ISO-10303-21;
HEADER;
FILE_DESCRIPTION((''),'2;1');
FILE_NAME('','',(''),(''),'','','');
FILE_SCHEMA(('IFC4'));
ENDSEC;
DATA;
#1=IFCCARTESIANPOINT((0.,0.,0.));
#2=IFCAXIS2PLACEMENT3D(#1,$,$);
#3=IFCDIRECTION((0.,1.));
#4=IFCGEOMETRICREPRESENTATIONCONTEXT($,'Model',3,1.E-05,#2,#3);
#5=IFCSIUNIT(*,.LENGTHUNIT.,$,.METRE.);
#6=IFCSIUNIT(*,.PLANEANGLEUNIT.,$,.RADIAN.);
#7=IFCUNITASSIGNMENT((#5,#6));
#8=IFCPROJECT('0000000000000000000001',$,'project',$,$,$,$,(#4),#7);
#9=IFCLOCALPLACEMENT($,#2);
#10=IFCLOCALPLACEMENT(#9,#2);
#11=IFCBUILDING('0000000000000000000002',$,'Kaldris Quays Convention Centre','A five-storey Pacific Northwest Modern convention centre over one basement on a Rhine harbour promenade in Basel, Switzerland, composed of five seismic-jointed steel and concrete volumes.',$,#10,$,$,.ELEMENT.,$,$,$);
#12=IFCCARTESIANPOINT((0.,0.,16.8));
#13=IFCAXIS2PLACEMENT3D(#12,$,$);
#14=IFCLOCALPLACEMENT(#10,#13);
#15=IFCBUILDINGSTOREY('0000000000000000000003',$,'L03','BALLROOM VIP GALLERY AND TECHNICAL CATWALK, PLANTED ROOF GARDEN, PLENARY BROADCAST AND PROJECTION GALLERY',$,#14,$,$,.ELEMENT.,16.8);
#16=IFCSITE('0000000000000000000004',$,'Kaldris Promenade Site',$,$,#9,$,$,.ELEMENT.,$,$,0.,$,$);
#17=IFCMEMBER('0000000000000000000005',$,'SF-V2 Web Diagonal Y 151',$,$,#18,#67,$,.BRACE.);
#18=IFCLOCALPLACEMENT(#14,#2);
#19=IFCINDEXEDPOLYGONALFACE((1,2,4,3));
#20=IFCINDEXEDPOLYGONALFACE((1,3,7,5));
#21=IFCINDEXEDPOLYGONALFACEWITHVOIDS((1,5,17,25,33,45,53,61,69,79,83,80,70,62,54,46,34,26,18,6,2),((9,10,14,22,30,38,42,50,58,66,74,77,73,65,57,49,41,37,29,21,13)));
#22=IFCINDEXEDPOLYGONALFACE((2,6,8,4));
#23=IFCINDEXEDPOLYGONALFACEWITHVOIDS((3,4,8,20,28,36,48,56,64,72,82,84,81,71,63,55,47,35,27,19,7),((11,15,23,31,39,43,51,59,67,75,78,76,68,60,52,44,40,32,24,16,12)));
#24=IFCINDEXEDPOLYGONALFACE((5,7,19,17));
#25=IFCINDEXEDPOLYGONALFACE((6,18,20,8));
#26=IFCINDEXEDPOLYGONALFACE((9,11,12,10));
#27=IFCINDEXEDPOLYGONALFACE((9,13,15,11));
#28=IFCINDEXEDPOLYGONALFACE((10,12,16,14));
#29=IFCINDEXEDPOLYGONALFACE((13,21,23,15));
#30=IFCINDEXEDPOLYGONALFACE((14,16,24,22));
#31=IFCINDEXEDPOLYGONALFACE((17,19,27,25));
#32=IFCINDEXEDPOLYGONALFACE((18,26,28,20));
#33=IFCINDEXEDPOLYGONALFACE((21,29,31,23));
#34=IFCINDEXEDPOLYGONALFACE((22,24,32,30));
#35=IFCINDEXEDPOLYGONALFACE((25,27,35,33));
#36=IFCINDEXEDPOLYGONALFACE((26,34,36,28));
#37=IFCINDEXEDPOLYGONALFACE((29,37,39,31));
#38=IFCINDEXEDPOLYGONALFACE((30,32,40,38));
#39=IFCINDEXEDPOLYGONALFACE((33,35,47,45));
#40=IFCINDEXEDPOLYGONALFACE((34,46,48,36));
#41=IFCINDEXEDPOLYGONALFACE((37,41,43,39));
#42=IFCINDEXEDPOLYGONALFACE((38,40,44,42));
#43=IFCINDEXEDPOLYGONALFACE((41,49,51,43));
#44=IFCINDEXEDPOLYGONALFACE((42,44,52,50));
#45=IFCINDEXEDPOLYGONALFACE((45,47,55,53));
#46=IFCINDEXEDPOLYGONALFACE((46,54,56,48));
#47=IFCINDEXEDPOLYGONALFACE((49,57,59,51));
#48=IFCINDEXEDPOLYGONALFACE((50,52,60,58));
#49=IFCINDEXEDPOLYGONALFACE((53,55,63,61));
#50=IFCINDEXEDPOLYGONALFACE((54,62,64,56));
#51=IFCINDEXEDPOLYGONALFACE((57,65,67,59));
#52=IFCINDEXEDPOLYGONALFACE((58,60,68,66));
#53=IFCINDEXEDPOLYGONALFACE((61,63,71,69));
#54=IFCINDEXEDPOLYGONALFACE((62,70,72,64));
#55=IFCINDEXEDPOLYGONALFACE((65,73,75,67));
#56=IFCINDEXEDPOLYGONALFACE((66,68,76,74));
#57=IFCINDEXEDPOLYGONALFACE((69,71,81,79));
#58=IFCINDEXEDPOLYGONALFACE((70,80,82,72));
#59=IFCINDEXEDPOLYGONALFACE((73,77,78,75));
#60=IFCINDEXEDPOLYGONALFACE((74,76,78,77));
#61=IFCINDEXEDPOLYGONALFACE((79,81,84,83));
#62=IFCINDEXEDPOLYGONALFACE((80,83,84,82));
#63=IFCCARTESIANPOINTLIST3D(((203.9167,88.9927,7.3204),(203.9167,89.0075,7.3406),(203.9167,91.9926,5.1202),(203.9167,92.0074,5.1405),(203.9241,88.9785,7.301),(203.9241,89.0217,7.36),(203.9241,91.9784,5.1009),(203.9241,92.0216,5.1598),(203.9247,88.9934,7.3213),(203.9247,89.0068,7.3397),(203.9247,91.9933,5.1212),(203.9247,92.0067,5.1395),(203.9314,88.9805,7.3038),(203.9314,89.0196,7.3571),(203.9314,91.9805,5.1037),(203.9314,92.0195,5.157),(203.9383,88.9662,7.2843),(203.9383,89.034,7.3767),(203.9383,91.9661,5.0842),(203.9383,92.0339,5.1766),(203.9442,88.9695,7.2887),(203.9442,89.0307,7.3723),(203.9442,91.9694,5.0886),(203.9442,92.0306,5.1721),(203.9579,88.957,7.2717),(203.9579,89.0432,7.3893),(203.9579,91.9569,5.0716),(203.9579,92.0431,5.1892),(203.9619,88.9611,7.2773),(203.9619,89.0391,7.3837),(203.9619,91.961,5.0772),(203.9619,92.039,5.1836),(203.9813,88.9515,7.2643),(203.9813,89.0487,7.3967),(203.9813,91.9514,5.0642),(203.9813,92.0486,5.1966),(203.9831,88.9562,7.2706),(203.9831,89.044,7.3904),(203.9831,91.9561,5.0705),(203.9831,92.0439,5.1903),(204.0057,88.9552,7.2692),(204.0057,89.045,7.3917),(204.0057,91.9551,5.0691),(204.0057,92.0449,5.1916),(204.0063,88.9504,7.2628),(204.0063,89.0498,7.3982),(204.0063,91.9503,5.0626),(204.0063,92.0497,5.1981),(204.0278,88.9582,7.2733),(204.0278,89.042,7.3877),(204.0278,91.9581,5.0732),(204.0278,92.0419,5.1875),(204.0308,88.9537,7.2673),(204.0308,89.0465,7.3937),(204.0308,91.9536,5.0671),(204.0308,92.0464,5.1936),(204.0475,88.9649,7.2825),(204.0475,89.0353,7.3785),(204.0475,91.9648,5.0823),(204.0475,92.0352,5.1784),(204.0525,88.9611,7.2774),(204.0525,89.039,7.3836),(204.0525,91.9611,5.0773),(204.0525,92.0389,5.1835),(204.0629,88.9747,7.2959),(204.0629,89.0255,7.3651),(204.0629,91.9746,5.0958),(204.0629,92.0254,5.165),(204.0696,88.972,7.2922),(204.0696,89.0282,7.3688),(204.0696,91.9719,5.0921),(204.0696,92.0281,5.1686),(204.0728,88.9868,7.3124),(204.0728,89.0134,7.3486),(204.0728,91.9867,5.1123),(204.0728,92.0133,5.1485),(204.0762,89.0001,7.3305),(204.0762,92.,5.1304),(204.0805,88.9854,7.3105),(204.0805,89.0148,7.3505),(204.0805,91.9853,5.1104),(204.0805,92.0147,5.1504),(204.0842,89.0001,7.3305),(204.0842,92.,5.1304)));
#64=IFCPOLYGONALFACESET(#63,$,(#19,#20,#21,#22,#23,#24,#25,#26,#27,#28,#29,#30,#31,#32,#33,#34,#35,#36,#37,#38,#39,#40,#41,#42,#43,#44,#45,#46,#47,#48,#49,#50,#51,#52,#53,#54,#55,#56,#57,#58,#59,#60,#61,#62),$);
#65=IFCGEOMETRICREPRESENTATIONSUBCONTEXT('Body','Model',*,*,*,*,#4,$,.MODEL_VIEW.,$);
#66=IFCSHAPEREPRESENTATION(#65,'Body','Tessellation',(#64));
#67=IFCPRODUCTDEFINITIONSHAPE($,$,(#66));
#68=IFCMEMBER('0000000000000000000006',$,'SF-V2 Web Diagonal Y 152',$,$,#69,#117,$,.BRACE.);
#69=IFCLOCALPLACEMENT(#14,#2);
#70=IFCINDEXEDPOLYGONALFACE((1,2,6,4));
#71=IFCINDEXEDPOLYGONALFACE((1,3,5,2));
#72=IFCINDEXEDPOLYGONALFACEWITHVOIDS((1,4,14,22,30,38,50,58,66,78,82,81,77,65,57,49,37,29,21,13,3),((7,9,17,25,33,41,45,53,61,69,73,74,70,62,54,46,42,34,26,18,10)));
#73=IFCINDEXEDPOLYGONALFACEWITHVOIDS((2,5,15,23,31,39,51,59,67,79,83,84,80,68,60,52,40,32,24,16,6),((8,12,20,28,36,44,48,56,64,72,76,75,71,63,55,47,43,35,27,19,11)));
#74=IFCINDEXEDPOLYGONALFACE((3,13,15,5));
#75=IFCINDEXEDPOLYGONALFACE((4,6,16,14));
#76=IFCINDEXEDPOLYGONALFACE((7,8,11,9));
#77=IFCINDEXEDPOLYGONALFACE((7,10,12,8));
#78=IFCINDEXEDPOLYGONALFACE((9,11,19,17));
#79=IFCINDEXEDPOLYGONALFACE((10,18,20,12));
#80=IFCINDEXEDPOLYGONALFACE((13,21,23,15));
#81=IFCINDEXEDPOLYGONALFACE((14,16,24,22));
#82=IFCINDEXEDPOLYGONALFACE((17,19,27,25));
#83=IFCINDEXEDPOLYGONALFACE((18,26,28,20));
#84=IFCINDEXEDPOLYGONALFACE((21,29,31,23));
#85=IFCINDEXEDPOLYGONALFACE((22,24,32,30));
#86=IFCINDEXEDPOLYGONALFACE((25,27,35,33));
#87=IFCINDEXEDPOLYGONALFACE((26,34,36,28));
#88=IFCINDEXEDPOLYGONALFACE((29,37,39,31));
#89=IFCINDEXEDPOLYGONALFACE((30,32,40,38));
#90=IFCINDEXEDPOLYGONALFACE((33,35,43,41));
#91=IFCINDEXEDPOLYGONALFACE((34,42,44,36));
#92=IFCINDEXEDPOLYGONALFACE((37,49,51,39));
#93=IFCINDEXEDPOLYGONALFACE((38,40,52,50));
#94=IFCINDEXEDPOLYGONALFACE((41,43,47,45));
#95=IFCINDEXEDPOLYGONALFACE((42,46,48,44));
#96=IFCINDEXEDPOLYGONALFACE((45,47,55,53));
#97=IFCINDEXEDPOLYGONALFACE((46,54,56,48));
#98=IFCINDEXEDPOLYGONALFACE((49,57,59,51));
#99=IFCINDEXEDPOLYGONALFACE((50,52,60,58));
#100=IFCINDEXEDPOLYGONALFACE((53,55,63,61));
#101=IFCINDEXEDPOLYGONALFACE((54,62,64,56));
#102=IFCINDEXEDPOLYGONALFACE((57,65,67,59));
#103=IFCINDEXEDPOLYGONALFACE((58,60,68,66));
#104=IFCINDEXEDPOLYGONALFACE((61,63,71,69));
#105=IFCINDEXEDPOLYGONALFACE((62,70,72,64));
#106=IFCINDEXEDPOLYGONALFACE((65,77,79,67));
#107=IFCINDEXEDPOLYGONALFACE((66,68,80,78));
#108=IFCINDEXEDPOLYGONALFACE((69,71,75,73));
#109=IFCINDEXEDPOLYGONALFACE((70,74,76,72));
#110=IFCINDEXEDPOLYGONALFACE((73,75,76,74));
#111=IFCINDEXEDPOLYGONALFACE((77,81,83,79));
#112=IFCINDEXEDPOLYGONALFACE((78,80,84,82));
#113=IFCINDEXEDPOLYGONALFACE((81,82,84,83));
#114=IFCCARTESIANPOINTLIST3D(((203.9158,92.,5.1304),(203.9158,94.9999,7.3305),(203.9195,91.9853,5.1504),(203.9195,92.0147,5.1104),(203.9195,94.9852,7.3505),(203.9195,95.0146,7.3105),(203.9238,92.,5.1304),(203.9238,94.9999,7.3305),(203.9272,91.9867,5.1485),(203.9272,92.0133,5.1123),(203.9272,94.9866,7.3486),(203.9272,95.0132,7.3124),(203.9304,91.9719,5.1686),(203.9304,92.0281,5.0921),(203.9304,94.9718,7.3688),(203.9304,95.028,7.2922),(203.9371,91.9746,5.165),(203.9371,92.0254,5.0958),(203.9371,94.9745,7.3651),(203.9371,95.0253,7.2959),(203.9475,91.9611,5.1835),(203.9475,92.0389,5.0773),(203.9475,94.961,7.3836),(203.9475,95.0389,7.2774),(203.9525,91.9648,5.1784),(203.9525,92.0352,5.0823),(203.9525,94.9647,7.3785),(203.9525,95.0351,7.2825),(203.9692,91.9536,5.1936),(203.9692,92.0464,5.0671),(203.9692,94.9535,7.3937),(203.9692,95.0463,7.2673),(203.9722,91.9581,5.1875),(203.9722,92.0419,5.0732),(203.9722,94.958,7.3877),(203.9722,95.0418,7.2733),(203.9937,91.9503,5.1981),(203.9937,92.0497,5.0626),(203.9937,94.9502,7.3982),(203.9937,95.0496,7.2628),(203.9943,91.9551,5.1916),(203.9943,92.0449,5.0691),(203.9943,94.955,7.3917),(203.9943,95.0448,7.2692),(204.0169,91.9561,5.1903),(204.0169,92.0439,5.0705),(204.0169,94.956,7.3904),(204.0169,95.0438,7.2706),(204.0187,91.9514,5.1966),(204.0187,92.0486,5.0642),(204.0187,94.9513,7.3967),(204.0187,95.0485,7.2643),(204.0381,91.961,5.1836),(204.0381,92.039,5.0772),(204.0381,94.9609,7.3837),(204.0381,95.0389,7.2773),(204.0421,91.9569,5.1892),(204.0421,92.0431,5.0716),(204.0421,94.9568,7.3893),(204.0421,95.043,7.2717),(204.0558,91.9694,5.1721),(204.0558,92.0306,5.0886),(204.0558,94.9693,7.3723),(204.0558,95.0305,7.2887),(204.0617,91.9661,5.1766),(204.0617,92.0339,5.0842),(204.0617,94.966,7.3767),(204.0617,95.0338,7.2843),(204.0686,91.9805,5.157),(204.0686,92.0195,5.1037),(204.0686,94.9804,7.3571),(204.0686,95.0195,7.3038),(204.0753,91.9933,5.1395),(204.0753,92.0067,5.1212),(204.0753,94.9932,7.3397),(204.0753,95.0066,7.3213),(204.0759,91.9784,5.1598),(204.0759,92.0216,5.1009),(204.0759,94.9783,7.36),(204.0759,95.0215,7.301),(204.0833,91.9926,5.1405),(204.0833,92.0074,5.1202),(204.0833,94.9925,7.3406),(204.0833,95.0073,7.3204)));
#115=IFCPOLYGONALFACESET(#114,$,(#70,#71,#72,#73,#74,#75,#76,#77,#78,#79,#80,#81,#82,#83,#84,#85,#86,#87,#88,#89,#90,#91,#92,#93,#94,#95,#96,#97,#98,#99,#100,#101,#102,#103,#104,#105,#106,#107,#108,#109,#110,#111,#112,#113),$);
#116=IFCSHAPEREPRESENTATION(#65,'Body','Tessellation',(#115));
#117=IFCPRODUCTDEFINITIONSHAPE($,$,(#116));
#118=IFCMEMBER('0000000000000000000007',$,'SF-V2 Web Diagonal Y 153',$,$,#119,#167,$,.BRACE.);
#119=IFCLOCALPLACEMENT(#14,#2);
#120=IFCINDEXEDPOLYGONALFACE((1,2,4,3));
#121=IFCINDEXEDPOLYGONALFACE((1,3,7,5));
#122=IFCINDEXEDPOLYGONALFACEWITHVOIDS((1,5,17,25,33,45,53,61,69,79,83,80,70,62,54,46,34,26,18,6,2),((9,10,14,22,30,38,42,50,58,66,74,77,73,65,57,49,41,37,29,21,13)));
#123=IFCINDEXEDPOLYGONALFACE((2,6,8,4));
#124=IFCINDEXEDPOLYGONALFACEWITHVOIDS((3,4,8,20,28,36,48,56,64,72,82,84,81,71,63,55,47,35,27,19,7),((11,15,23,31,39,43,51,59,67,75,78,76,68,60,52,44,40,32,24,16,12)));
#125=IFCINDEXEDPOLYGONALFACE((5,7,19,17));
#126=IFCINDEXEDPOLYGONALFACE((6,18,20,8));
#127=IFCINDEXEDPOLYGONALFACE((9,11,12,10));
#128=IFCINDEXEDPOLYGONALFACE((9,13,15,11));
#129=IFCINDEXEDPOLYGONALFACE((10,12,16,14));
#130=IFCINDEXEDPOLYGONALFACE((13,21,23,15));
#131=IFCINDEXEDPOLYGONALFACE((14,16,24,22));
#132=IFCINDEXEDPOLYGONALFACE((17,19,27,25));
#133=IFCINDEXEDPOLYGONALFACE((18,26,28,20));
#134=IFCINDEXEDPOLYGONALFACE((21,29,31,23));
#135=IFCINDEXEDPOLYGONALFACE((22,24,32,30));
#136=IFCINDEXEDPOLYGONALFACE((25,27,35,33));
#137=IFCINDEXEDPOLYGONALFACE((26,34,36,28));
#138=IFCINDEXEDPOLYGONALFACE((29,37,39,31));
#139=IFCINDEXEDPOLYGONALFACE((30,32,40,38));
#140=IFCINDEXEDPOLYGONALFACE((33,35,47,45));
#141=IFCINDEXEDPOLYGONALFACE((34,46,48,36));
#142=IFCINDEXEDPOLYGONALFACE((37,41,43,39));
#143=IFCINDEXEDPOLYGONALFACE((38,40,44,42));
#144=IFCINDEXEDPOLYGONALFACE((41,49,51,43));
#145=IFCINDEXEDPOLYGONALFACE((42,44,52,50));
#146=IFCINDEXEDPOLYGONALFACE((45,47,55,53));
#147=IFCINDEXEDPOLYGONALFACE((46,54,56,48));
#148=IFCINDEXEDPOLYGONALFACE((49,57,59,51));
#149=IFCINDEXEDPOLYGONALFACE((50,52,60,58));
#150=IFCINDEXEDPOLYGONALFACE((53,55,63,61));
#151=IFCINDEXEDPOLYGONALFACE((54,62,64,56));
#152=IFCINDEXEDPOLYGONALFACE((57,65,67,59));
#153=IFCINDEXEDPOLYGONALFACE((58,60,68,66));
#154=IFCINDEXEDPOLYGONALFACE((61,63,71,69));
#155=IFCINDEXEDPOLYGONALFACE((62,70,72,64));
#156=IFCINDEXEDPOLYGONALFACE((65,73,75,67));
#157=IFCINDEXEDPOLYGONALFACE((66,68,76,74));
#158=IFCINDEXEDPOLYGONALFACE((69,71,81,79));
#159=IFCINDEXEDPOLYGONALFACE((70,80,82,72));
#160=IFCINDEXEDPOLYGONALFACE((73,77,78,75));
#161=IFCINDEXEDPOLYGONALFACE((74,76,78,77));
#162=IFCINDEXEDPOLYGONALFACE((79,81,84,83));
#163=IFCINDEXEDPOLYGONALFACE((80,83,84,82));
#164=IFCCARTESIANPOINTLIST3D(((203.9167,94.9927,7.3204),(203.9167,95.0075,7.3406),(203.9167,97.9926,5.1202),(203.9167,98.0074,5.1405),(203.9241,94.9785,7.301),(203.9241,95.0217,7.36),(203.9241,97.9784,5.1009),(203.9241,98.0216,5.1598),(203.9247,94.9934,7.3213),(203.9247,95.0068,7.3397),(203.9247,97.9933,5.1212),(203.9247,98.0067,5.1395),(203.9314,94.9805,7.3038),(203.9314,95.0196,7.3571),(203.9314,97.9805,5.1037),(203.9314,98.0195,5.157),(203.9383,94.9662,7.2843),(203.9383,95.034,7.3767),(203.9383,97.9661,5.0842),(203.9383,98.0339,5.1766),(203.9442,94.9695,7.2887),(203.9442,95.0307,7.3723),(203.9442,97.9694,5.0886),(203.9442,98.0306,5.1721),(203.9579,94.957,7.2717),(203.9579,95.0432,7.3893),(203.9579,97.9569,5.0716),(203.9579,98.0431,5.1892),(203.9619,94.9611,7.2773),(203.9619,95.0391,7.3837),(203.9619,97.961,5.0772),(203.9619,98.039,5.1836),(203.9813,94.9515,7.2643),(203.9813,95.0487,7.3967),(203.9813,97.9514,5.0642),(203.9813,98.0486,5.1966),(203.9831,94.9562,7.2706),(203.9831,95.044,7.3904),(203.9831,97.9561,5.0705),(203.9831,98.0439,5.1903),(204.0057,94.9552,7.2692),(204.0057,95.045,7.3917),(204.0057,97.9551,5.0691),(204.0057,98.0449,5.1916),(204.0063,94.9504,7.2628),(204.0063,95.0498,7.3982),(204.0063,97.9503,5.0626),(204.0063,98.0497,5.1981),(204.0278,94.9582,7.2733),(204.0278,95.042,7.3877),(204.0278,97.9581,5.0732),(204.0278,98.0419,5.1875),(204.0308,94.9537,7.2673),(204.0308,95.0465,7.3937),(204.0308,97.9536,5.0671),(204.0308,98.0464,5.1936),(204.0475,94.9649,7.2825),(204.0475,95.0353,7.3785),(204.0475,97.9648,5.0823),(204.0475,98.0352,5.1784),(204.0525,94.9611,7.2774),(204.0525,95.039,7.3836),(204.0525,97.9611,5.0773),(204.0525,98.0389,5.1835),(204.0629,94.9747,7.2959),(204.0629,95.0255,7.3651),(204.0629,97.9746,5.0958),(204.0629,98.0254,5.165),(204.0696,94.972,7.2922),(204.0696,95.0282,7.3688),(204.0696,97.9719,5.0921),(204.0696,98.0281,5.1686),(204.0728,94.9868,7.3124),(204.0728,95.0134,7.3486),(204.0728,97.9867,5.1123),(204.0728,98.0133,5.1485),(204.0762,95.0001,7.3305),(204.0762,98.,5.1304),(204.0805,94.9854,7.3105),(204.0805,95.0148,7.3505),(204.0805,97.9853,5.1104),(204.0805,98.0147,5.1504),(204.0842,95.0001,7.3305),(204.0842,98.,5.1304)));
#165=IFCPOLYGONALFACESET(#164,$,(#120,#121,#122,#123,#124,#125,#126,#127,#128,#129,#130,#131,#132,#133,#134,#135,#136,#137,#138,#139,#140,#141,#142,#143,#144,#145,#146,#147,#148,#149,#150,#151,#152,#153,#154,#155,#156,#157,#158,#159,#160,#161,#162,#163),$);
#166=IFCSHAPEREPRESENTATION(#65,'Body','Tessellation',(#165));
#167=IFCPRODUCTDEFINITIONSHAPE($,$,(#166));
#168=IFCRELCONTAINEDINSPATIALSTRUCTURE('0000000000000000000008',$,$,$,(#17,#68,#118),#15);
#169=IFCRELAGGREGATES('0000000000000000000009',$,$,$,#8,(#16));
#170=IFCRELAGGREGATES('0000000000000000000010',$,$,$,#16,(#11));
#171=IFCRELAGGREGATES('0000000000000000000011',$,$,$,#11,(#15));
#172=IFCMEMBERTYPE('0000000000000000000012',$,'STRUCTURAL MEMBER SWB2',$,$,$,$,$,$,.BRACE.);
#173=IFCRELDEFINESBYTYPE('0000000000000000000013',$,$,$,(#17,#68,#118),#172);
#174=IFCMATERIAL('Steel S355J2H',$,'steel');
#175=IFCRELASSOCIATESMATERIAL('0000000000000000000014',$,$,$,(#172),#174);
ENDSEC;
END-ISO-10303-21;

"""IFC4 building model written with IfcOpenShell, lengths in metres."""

from ifc_helpers import new_model, si_unit, direction, frame, origin, origin_2d, place, context, subcontext, project, spatial, hollow_circle, extrude, material, material_profile, profile_set, type_object, element, save


model = new_model("IFC4")

# Units and contexts
model_context = context("Model", 3, precision=1e-05, world=origin(), true_north=direction((0.0, 1.0)))
body_context = subcontext(model_context, "Body", "Model", "MODEL_VIEW")
ifc_project = project(units=[si_unit("LENGTHUNIT", "METRE"), si_unit("PLANEANGLEUNIT", "RADIAN")], contexts=[model_context])

# Site, building, storey
site_placement = place(None, origin())
site = spatial("IfcSite", under=ifc_project, at=site_placement, Name="Kaldris Promenade Site", CompositionType="ELEMENT", RefElevation=0.0)
building_placement = place(site_placement, origin())
building = spatial("IfcBuilding", under=site, at=building_placement, Name="Kaldris Quays Convention Centre", Description="A five-storey Pacific Northwest Modern convention centre over one basement on a Rhine harbour promenade in Basel, Switzerland, composed of five seismic-jointed steel and concrete volumes.", CompositionType="ELEMENT")
storey_placement = place(building_placement, frame((0.0, 0.0, 16.8)))
storey = spatial("IfcBuildingStorey", under=building, at=storey_placement, Name="L03", Description="BALLROOM VIP GALLERY AND TECHNICAL CATWALK, PLANTED ROOF GARDEN, PLENARY BROADCAST AND PROJECTION GALLERY", CompositionType="ELEMENT", Elevation=16.8)

# Members
ifc_material_1 = material(Name="Steel S355J2H", Category="steel")
ifc_material_profile_1 = material_profile(ifc_material_1, hollow_circle(Radius=0.0842, WallThickness=0.0081, at=origin_2d()), Name="CHS 168.3x8")
ifc_profile_set_1 = profile_set([ifc_material_profile_1], Name="Steel S355J2H")
member_type_1 = type_object("IfcMemberType", Name="STRUCTURAL MEMBER SWB2", PredefinedType="BRACE", material=ifc_profile_set_1)
for number, where, z_axis, x_axis, name in (
    (1, (204.0, 92.0, 5.1304), (0.0, -0.80638, 0.591398), (1.0, 0.0, 0.0), "SF-V2 Web Diagonal Y 151"),
    (2, (204.0, 92.0, 5.1304), (0.0, 0.80638, 0.591398), (-1.0, 0.0, 0.0), "SF-V2 Web Diagonal Y 152"),
    (3, (204.0, 98.0, 5.1304), (0.0, -0.80638, 0.591398), (1.0, 0.0, 0.0), "SF-V2 Web Diagonal Y 153"),
):
    element("IfcMember", number, at=place(storey_placement, frame(where, z_axis=z_axis, x_axis=x_axis)), inside=storey, type_object=member_type_1, Name=name, PredefinedType="BRACE", context=body_context, shape_type="SweptSolid", body=[
        extrude(hollow_circle(Radius=0.0842, WallThickness=0.0081, at=origin_2d()), origin(), (0.0, 0.0, 1.0), 3.7202),
    ])

save(model, "model.ifc")
